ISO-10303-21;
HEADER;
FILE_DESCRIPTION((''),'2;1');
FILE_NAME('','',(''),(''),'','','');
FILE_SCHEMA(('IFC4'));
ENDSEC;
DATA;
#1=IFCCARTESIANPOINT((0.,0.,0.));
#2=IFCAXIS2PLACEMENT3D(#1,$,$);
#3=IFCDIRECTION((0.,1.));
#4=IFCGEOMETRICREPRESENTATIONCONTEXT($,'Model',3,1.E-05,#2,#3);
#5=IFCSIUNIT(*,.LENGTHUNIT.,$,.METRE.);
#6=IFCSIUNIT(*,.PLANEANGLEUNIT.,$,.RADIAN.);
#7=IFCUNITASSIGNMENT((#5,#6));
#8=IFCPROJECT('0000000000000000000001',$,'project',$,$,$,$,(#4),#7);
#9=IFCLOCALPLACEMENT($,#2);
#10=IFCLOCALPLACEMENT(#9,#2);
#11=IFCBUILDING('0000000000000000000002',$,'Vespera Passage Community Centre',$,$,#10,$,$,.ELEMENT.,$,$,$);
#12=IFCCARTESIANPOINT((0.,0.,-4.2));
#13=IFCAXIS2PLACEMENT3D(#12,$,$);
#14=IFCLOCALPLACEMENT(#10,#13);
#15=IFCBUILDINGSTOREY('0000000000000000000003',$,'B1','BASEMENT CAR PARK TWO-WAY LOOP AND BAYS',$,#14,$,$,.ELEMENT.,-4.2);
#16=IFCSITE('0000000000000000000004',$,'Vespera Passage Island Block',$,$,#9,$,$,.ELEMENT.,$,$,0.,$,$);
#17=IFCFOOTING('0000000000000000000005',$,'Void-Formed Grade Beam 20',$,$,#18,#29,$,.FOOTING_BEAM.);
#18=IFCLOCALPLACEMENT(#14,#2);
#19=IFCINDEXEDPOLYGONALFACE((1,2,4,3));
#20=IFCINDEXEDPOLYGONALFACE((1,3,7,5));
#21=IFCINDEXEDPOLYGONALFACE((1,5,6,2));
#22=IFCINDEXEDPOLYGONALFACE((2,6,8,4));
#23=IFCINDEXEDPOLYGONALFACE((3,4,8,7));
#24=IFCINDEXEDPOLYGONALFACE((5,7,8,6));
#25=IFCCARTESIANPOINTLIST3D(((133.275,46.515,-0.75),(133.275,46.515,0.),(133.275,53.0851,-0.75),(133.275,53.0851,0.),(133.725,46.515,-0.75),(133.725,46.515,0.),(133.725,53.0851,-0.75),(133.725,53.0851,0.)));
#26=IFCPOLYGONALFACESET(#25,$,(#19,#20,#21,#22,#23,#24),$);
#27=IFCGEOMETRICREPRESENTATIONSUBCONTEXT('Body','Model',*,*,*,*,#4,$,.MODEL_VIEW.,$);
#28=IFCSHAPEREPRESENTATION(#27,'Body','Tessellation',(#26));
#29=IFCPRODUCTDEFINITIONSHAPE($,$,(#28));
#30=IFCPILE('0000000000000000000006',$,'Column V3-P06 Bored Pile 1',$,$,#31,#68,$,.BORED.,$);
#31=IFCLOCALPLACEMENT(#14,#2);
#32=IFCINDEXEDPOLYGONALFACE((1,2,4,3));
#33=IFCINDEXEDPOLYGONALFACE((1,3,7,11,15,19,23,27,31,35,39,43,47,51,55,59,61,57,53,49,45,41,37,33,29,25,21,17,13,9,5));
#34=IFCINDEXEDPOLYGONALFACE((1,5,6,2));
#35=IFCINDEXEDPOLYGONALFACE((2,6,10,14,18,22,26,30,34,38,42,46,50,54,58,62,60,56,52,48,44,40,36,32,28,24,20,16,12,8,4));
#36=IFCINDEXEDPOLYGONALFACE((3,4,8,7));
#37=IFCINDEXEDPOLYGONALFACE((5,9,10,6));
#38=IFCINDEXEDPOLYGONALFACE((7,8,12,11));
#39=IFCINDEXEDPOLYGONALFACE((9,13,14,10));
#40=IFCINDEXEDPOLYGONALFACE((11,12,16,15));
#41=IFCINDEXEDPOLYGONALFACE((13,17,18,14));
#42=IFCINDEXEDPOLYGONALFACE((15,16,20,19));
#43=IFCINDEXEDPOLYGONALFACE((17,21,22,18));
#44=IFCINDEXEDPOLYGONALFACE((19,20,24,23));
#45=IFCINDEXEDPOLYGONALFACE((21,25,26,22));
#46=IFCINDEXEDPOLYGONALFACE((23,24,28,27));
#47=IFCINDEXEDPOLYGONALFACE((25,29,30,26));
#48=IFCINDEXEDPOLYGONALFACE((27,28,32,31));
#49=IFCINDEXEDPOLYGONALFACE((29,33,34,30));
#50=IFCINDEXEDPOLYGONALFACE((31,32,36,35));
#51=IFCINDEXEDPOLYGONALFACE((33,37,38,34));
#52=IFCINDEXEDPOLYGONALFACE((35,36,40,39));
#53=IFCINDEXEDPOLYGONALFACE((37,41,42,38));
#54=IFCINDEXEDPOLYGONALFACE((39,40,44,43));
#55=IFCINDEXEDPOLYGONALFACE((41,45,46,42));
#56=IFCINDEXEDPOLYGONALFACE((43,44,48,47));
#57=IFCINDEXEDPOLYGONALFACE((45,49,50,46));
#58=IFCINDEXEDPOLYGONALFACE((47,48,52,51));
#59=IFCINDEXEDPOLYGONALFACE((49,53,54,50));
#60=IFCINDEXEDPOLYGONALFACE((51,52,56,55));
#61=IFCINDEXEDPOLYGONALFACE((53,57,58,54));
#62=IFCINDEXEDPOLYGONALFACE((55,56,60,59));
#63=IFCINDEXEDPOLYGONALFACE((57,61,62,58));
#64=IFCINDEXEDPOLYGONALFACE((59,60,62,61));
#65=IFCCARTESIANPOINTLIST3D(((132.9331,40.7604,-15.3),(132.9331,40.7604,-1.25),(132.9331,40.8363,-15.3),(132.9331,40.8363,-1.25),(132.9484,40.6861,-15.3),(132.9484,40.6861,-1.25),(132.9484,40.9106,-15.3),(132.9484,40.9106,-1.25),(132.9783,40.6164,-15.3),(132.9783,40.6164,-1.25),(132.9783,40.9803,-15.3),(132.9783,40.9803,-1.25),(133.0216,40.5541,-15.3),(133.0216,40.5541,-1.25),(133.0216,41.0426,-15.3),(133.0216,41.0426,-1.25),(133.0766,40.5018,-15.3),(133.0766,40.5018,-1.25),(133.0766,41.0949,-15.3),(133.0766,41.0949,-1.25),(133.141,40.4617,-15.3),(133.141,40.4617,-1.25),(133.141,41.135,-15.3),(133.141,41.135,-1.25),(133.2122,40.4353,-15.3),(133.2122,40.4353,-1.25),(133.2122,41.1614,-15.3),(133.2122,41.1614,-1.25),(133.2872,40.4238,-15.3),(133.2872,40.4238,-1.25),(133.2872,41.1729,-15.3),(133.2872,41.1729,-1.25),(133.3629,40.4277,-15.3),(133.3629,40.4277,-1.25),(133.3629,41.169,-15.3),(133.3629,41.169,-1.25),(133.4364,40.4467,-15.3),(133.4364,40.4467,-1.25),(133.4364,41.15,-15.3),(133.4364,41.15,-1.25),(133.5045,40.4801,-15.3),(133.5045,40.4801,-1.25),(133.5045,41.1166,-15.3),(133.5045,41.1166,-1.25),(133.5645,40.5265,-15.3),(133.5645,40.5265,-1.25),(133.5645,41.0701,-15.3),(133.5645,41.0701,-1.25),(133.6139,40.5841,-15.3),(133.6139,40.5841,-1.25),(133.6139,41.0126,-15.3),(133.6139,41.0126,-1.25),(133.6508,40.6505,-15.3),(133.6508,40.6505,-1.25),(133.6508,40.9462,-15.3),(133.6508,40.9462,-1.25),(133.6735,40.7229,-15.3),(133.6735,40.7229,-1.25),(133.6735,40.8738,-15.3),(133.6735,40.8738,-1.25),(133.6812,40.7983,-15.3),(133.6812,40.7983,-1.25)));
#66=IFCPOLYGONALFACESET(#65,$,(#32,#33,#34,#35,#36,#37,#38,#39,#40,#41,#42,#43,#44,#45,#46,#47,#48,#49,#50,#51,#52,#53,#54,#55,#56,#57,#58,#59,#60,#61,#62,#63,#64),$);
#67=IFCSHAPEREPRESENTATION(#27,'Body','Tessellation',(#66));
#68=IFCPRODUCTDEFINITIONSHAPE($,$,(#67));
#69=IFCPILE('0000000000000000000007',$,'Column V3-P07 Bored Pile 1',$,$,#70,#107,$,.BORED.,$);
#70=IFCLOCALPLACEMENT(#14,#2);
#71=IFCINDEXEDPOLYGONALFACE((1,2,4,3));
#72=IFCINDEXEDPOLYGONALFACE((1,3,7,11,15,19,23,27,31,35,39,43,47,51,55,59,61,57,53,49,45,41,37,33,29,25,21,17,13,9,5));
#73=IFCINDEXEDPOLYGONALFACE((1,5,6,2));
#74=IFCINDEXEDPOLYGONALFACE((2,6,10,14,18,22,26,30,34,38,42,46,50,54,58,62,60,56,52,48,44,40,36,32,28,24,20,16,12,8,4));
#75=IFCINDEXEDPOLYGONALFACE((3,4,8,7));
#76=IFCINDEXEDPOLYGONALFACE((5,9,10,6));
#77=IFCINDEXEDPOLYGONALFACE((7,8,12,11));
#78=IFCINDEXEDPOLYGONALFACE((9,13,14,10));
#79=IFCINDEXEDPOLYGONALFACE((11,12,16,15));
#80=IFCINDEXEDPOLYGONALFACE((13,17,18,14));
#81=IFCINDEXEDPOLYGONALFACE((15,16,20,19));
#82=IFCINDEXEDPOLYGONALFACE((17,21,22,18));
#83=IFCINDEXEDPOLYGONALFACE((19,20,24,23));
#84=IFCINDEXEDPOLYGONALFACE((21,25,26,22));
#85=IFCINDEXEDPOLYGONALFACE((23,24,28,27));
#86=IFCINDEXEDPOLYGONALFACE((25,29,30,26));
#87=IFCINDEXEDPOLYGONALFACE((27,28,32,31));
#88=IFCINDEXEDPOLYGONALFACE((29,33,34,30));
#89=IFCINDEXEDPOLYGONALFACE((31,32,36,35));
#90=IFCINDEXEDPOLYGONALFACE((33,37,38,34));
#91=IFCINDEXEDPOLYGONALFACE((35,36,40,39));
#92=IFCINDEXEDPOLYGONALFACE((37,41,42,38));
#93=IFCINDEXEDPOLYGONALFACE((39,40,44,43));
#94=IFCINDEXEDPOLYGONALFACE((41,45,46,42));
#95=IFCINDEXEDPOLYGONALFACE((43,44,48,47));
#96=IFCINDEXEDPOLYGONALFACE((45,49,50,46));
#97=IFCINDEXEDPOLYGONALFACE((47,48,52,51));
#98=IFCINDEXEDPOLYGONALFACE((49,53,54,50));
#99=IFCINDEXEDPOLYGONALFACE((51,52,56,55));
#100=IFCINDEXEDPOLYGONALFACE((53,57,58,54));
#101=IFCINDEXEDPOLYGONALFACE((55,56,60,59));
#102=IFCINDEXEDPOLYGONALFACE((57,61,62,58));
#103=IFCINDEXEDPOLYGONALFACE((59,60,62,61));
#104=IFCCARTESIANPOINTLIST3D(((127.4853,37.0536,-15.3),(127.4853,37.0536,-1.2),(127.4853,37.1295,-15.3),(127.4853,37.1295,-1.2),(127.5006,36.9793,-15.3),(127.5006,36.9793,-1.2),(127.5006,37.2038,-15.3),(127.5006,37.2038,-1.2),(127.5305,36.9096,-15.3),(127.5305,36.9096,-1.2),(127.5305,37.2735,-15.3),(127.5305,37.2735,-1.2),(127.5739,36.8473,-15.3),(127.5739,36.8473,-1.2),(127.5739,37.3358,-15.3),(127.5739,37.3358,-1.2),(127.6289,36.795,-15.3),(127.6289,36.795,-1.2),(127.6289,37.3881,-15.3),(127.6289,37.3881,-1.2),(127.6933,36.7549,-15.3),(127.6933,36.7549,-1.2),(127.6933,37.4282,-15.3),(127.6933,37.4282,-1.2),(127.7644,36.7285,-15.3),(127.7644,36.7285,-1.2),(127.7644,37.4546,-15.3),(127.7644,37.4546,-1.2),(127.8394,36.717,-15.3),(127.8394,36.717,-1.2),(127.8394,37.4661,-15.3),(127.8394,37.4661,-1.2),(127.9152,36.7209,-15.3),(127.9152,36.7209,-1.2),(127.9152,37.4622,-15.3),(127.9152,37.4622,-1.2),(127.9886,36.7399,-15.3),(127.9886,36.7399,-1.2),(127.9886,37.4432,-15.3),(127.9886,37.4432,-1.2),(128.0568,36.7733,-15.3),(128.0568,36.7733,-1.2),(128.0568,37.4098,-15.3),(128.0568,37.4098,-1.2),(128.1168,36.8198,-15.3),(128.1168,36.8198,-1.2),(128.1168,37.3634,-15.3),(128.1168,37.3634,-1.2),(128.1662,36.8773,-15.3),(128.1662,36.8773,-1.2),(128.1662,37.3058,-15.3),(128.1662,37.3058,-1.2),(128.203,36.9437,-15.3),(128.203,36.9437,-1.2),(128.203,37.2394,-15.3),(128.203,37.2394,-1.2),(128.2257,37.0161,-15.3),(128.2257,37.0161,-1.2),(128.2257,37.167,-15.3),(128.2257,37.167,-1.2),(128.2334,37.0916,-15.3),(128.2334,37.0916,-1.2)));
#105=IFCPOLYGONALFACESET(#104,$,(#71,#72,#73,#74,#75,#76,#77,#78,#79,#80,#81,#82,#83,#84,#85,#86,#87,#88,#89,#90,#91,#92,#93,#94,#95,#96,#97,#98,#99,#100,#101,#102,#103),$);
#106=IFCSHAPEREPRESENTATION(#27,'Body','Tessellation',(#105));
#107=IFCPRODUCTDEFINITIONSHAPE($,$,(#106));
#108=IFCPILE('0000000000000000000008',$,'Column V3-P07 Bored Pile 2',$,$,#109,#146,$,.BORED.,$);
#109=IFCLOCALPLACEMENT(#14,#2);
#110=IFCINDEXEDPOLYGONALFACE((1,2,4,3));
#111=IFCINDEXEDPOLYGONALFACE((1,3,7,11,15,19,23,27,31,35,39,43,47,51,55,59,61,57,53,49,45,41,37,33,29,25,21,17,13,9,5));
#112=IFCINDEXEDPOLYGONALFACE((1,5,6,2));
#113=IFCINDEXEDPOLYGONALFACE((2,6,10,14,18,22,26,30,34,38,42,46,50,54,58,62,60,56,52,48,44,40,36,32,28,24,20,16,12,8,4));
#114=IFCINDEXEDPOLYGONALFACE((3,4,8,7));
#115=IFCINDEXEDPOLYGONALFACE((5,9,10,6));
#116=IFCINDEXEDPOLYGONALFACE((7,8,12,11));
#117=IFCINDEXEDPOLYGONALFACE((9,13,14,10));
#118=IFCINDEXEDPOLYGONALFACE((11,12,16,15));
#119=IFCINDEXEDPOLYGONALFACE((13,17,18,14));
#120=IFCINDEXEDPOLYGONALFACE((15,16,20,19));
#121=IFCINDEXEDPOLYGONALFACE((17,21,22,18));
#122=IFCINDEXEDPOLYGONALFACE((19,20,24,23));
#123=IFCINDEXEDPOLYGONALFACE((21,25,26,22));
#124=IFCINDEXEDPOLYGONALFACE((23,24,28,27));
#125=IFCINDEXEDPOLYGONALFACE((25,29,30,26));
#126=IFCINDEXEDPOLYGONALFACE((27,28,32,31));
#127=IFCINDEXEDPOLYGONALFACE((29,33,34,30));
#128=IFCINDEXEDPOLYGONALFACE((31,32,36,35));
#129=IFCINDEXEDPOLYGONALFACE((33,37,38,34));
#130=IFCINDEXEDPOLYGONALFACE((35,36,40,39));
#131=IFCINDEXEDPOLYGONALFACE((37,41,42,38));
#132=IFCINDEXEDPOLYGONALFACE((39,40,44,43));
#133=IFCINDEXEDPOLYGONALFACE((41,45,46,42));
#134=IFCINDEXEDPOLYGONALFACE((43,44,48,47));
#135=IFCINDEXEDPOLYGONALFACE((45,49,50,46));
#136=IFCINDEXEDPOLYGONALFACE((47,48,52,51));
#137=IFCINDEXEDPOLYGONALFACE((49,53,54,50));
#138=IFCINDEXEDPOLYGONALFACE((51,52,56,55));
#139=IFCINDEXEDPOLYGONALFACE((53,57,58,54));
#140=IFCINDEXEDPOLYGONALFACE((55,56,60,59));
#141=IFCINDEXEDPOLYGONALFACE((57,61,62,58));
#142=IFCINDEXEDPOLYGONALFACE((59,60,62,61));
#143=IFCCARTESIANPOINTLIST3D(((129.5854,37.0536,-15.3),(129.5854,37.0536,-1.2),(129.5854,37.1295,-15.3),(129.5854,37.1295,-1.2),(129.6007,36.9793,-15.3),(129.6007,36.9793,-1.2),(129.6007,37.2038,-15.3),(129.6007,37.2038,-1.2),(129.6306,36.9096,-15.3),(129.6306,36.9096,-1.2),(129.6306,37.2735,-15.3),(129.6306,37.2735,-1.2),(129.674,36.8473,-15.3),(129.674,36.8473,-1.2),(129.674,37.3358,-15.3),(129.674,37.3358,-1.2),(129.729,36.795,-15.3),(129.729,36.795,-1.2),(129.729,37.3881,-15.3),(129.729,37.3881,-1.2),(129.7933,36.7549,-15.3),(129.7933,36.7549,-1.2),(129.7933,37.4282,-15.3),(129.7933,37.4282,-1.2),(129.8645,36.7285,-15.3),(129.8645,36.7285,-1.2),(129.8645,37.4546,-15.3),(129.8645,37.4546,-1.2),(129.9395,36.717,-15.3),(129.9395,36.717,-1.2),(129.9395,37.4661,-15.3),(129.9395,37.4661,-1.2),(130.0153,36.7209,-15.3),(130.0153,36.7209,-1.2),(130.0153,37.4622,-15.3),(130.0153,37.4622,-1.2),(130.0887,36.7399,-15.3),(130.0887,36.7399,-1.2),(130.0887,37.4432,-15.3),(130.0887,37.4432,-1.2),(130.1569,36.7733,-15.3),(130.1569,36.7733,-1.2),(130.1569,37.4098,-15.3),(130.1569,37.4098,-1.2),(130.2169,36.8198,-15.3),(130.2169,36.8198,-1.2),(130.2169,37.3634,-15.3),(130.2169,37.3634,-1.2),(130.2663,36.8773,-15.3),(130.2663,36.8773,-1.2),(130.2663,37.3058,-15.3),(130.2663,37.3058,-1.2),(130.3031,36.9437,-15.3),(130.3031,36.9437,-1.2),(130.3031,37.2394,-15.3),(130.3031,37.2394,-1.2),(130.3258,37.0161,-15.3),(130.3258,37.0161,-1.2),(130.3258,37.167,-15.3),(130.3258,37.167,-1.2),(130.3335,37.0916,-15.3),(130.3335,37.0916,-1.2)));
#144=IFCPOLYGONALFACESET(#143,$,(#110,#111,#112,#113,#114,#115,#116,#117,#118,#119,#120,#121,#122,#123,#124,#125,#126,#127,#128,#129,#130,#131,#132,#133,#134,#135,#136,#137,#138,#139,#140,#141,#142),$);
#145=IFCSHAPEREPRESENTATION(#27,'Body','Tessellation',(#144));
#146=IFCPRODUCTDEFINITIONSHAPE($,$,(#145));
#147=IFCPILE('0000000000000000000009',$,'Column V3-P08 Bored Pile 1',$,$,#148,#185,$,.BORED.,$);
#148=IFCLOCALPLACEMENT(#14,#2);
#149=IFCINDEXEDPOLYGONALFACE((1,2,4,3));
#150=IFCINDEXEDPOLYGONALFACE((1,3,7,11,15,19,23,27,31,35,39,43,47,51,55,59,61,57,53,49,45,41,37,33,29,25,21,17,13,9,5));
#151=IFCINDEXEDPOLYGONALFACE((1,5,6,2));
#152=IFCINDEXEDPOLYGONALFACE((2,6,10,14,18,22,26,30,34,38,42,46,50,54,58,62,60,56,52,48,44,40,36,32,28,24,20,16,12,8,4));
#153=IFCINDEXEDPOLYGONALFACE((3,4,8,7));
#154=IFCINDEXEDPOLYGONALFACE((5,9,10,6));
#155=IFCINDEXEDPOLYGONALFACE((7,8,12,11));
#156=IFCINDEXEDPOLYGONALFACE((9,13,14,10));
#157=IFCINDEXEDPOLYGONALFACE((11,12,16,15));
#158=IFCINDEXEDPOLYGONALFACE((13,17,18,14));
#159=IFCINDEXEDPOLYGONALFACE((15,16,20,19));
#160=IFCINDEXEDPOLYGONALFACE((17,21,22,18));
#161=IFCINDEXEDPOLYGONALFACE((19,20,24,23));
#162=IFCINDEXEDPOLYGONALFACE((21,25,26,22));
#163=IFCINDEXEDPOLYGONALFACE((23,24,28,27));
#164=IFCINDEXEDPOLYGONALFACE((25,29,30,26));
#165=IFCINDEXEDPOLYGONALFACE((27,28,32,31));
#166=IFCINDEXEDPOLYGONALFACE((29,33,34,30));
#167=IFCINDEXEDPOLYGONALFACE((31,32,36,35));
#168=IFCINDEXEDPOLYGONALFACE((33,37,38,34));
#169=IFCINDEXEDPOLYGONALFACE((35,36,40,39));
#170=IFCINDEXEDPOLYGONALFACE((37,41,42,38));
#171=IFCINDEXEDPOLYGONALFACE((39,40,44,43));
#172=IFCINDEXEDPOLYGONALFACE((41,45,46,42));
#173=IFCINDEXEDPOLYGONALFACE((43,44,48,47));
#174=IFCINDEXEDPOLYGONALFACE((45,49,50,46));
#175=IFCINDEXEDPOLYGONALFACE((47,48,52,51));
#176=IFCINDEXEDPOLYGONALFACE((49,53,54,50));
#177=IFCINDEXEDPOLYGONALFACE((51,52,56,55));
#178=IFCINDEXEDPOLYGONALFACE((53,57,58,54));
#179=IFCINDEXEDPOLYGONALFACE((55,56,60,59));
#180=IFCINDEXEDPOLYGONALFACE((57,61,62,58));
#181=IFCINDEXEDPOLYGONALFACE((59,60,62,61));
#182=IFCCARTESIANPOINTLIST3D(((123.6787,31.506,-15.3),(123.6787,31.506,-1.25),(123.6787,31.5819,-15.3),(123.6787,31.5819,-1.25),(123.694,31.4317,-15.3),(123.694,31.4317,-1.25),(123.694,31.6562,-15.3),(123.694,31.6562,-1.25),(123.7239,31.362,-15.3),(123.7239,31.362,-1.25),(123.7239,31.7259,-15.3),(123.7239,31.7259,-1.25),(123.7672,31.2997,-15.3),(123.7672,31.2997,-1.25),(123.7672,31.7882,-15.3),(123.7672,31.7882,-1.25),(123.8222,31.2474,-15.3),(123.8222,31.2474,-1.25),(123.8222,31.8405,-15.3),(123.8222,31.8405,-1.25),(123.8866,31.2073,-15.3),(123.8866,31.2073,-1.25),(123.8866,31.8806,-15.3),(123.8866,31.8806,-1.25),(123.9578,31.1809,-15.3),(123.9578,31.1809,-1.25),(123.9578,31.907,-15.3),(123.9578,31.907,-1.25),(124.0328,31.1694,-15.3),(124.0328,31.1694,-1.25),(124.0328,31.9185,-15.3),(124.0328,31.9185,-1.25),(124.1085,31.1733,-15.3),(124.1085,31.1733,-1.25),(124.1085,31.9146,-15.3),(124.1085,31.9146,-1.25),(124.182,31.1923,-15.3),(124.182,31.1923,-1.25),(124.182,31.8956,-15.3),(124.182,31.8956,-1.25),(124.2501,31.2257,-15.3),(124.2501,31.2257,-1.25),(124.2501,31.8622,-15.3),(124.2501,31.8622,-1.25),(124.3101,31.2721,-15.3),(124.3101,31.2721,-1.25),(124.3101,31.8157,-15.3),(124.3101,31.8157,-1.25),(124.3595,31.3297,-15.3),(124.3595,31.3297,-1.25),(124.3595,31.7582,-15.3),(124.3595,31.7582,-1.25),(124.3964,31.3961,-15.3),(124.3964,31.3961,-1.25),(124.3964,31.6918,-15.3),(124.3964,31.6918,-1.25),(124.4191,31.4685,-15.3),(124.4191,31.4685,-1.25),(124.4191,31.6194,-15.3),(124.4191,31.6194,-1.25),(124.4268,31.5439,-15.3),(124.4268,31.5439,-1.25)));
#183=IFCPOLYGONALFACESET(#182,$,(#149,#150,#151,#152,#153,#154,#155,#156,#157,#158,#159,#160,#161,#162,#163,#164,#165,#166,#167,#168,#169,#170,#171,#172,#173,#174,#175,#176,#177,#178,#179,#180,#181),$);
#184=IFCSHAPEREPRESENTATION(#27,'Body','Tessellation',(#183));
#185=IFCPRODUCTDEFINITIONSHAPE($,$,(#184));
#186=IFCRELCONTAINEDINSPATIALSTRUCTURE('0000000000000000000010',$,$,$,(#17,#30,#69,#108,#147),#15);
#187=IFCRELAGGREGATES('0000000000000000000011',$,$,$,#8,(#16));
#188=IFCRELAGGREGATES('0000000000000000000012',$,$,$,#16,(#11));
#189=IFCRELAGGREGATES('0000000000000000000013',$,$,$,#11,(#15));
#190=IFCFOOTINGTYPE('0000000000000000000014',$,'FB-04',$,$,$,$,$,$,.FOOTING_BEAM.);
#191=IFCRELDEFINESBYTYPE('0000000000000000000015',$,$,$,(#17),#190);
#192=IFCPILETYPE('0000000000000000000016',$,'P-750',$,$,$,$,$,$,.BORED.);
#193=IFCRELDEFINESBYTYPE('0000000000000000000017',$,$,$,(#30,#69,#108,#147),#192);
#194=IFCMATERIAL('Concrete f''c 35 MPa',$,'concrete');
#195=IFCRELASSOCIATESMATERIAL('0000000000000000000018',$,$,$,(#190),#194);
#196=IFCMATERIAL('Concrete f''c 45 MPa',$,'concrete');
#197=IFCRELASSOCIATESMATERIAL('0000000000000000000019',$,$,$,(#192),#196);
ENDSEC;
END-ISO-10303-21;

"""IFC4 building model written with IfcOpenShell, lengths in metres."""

from ifc_helpers import new_model, si_unit, direction, frame, origin, origin_2d, place, context, subcontext, project, spatial, rectangle, circle, extrude, material, material_profile, profile_set, type_object, element, save


model = new_model("IFC4")

# Units and contexts
model_context = context("Model", 3, precision=1e-05, world=origin(), true_north=direction((0.0, 1.0)))
body_context = subcontext(model_context, "Body", "Model", "MODEL_VIEW")
ifc_project = project(units=[si_unit("LENGTHUNIT", "METRE"), si_unit("PLANEANGLEUNIT", "RADIAN")], contexts=[model_context])

# Site, building, storey
site_placement = place(None, origin())
site = spatial("IfcSite", under=ifc_project, at=site_placement, Name="Vespera Passage Island Block", CompositionType="ELEMENT", RefElevation=0.0)
building_placement = place(site_placement, origin())
building = spatial("IfcBuilding", under=site, at=building_placement, Name="Vespera Passage Community Centre", CompositionType="ELEMENT")
storey_placement = place(building_placement, frame((0.0, 0.0, -4.2)))
storey = spatial("IfcBuildingStorey", under=building, at=storey_placement, Name="B1", Description="BASEMENT CAR PARK TWO-WAY LOOP AND BAYS", CompositionType="ELEMENT", Elevation=-4.2)

# Footing
ifc_material_1 = material(Name="Concrete f'c 35 MPa", Category="concrete")
footing_type_1 = type_object("IfcFootingType", Name="FB-04", PredefinedType="FOOTING_BEAM", material=ifc_material_1)
footing_1_placement = place(storey_placement, frame((133.5, 49.8, -0.75), z_axis=(0.0, 0.0, 1.0), x_axis=(0.0, -1.0, 0.0)))
element("IfcFooting", 1, at=footing_1_placement, inside=storey, type_object=footing_type_1, Name="Void-Formed Grade Beam 20", PredefinedType="FOOTING_BEAM", context=body_context, shape_type="SweptSolid", body=[
    extrude(rectangle(XDim=6.5701, YDim=0.45, at=origin_2d()), origin(), (0.0, 0.0, 1.0), 0.75),
])

# Piles
ifc_material_2 = material(Name="Concrete f'c 45 MPa", Category="concrete")
ifc_material_profile_1 = material_profile(ifc_material_2, circle(Radius=0.375, at=origin_2d()), Name="PILE750DIA")
ifc_profile_set_1 = profile_set([ifc_material_profile_1], Name="Concrete f'c 45 MPa")
pile_type_1 = type_object("IfcPileType", Name="P-750", PredefinedType="BORED", material=ifc_profile_set_1)
pile_1_placement = place(storey_placement, frame((133.3062, 40.7983, -1.25), z_axis=(0.0, 0.0, -1.0), x_axis=(1.0, 0.0, 0.0)))
element("IfcPile", 2, at=pile_1_placement, inside=storey, type_object=pile_type_1, Name="Column V3-P06 Bored Pile 1", PredefinedType="BORED", context=body_context, shape_type="SweptSolid", body=[
    extrude(circle(Radius=0.375, at=origin_2d()), origin(), (0.0, 0.0, 1.0), 14.05),
])
for number, where, z_axis, x_axis, name in (
    (3, (127.8584, 37.0916, -1.2), (0.0, 0.0, -1.0), (1.0, 0.0, 0.0), "Column V3-P07 Bored Pile 1"),
    (4, (129.9585, 37.0916, -1.2), (0.0, 0.0, -1.0), (1.0, 0.0, 0.0), "Column V3-P07 Bored Pile 2"),
):
    element("IfcPile", number, at=place(storey_placement, frame(where, z_axis=z_axis, x_axis=x_axis)), inside=storey, type_object=pile_type_1, Name=name, PredefinedType="BORED", context=body_context, shape_type="SweptSolid", body=[
        extrude(circle(Radius=0.375, at=origin_2d()), origin(), (0.0, 0.0, 1.0), 14.1001),
    ])
for number, where, z_axis, x_axis, name in (
    (5, (124.0518, 31.5439, -1.25), (0.0, 0.0, -1.0), (1.0, 0.0, 0.0), "Column V3-P08 Bored Pile 1"),
):
    element("IfcPile", number, at=place(storey_placement, frame(where, z_axis=z_axis, x_axis=x_axis)), inside=storey, type_object=pile_type_1, Name=name, PredefinedType="BORED", context=body_context, shape_type="SweptSolid", body=[
        extrude(circle(Radius=0.375, at=origin_2d()), origin(), (0.0, 0.0, 1.0), 14.05),
    ])

save(model, "model.ifc")
